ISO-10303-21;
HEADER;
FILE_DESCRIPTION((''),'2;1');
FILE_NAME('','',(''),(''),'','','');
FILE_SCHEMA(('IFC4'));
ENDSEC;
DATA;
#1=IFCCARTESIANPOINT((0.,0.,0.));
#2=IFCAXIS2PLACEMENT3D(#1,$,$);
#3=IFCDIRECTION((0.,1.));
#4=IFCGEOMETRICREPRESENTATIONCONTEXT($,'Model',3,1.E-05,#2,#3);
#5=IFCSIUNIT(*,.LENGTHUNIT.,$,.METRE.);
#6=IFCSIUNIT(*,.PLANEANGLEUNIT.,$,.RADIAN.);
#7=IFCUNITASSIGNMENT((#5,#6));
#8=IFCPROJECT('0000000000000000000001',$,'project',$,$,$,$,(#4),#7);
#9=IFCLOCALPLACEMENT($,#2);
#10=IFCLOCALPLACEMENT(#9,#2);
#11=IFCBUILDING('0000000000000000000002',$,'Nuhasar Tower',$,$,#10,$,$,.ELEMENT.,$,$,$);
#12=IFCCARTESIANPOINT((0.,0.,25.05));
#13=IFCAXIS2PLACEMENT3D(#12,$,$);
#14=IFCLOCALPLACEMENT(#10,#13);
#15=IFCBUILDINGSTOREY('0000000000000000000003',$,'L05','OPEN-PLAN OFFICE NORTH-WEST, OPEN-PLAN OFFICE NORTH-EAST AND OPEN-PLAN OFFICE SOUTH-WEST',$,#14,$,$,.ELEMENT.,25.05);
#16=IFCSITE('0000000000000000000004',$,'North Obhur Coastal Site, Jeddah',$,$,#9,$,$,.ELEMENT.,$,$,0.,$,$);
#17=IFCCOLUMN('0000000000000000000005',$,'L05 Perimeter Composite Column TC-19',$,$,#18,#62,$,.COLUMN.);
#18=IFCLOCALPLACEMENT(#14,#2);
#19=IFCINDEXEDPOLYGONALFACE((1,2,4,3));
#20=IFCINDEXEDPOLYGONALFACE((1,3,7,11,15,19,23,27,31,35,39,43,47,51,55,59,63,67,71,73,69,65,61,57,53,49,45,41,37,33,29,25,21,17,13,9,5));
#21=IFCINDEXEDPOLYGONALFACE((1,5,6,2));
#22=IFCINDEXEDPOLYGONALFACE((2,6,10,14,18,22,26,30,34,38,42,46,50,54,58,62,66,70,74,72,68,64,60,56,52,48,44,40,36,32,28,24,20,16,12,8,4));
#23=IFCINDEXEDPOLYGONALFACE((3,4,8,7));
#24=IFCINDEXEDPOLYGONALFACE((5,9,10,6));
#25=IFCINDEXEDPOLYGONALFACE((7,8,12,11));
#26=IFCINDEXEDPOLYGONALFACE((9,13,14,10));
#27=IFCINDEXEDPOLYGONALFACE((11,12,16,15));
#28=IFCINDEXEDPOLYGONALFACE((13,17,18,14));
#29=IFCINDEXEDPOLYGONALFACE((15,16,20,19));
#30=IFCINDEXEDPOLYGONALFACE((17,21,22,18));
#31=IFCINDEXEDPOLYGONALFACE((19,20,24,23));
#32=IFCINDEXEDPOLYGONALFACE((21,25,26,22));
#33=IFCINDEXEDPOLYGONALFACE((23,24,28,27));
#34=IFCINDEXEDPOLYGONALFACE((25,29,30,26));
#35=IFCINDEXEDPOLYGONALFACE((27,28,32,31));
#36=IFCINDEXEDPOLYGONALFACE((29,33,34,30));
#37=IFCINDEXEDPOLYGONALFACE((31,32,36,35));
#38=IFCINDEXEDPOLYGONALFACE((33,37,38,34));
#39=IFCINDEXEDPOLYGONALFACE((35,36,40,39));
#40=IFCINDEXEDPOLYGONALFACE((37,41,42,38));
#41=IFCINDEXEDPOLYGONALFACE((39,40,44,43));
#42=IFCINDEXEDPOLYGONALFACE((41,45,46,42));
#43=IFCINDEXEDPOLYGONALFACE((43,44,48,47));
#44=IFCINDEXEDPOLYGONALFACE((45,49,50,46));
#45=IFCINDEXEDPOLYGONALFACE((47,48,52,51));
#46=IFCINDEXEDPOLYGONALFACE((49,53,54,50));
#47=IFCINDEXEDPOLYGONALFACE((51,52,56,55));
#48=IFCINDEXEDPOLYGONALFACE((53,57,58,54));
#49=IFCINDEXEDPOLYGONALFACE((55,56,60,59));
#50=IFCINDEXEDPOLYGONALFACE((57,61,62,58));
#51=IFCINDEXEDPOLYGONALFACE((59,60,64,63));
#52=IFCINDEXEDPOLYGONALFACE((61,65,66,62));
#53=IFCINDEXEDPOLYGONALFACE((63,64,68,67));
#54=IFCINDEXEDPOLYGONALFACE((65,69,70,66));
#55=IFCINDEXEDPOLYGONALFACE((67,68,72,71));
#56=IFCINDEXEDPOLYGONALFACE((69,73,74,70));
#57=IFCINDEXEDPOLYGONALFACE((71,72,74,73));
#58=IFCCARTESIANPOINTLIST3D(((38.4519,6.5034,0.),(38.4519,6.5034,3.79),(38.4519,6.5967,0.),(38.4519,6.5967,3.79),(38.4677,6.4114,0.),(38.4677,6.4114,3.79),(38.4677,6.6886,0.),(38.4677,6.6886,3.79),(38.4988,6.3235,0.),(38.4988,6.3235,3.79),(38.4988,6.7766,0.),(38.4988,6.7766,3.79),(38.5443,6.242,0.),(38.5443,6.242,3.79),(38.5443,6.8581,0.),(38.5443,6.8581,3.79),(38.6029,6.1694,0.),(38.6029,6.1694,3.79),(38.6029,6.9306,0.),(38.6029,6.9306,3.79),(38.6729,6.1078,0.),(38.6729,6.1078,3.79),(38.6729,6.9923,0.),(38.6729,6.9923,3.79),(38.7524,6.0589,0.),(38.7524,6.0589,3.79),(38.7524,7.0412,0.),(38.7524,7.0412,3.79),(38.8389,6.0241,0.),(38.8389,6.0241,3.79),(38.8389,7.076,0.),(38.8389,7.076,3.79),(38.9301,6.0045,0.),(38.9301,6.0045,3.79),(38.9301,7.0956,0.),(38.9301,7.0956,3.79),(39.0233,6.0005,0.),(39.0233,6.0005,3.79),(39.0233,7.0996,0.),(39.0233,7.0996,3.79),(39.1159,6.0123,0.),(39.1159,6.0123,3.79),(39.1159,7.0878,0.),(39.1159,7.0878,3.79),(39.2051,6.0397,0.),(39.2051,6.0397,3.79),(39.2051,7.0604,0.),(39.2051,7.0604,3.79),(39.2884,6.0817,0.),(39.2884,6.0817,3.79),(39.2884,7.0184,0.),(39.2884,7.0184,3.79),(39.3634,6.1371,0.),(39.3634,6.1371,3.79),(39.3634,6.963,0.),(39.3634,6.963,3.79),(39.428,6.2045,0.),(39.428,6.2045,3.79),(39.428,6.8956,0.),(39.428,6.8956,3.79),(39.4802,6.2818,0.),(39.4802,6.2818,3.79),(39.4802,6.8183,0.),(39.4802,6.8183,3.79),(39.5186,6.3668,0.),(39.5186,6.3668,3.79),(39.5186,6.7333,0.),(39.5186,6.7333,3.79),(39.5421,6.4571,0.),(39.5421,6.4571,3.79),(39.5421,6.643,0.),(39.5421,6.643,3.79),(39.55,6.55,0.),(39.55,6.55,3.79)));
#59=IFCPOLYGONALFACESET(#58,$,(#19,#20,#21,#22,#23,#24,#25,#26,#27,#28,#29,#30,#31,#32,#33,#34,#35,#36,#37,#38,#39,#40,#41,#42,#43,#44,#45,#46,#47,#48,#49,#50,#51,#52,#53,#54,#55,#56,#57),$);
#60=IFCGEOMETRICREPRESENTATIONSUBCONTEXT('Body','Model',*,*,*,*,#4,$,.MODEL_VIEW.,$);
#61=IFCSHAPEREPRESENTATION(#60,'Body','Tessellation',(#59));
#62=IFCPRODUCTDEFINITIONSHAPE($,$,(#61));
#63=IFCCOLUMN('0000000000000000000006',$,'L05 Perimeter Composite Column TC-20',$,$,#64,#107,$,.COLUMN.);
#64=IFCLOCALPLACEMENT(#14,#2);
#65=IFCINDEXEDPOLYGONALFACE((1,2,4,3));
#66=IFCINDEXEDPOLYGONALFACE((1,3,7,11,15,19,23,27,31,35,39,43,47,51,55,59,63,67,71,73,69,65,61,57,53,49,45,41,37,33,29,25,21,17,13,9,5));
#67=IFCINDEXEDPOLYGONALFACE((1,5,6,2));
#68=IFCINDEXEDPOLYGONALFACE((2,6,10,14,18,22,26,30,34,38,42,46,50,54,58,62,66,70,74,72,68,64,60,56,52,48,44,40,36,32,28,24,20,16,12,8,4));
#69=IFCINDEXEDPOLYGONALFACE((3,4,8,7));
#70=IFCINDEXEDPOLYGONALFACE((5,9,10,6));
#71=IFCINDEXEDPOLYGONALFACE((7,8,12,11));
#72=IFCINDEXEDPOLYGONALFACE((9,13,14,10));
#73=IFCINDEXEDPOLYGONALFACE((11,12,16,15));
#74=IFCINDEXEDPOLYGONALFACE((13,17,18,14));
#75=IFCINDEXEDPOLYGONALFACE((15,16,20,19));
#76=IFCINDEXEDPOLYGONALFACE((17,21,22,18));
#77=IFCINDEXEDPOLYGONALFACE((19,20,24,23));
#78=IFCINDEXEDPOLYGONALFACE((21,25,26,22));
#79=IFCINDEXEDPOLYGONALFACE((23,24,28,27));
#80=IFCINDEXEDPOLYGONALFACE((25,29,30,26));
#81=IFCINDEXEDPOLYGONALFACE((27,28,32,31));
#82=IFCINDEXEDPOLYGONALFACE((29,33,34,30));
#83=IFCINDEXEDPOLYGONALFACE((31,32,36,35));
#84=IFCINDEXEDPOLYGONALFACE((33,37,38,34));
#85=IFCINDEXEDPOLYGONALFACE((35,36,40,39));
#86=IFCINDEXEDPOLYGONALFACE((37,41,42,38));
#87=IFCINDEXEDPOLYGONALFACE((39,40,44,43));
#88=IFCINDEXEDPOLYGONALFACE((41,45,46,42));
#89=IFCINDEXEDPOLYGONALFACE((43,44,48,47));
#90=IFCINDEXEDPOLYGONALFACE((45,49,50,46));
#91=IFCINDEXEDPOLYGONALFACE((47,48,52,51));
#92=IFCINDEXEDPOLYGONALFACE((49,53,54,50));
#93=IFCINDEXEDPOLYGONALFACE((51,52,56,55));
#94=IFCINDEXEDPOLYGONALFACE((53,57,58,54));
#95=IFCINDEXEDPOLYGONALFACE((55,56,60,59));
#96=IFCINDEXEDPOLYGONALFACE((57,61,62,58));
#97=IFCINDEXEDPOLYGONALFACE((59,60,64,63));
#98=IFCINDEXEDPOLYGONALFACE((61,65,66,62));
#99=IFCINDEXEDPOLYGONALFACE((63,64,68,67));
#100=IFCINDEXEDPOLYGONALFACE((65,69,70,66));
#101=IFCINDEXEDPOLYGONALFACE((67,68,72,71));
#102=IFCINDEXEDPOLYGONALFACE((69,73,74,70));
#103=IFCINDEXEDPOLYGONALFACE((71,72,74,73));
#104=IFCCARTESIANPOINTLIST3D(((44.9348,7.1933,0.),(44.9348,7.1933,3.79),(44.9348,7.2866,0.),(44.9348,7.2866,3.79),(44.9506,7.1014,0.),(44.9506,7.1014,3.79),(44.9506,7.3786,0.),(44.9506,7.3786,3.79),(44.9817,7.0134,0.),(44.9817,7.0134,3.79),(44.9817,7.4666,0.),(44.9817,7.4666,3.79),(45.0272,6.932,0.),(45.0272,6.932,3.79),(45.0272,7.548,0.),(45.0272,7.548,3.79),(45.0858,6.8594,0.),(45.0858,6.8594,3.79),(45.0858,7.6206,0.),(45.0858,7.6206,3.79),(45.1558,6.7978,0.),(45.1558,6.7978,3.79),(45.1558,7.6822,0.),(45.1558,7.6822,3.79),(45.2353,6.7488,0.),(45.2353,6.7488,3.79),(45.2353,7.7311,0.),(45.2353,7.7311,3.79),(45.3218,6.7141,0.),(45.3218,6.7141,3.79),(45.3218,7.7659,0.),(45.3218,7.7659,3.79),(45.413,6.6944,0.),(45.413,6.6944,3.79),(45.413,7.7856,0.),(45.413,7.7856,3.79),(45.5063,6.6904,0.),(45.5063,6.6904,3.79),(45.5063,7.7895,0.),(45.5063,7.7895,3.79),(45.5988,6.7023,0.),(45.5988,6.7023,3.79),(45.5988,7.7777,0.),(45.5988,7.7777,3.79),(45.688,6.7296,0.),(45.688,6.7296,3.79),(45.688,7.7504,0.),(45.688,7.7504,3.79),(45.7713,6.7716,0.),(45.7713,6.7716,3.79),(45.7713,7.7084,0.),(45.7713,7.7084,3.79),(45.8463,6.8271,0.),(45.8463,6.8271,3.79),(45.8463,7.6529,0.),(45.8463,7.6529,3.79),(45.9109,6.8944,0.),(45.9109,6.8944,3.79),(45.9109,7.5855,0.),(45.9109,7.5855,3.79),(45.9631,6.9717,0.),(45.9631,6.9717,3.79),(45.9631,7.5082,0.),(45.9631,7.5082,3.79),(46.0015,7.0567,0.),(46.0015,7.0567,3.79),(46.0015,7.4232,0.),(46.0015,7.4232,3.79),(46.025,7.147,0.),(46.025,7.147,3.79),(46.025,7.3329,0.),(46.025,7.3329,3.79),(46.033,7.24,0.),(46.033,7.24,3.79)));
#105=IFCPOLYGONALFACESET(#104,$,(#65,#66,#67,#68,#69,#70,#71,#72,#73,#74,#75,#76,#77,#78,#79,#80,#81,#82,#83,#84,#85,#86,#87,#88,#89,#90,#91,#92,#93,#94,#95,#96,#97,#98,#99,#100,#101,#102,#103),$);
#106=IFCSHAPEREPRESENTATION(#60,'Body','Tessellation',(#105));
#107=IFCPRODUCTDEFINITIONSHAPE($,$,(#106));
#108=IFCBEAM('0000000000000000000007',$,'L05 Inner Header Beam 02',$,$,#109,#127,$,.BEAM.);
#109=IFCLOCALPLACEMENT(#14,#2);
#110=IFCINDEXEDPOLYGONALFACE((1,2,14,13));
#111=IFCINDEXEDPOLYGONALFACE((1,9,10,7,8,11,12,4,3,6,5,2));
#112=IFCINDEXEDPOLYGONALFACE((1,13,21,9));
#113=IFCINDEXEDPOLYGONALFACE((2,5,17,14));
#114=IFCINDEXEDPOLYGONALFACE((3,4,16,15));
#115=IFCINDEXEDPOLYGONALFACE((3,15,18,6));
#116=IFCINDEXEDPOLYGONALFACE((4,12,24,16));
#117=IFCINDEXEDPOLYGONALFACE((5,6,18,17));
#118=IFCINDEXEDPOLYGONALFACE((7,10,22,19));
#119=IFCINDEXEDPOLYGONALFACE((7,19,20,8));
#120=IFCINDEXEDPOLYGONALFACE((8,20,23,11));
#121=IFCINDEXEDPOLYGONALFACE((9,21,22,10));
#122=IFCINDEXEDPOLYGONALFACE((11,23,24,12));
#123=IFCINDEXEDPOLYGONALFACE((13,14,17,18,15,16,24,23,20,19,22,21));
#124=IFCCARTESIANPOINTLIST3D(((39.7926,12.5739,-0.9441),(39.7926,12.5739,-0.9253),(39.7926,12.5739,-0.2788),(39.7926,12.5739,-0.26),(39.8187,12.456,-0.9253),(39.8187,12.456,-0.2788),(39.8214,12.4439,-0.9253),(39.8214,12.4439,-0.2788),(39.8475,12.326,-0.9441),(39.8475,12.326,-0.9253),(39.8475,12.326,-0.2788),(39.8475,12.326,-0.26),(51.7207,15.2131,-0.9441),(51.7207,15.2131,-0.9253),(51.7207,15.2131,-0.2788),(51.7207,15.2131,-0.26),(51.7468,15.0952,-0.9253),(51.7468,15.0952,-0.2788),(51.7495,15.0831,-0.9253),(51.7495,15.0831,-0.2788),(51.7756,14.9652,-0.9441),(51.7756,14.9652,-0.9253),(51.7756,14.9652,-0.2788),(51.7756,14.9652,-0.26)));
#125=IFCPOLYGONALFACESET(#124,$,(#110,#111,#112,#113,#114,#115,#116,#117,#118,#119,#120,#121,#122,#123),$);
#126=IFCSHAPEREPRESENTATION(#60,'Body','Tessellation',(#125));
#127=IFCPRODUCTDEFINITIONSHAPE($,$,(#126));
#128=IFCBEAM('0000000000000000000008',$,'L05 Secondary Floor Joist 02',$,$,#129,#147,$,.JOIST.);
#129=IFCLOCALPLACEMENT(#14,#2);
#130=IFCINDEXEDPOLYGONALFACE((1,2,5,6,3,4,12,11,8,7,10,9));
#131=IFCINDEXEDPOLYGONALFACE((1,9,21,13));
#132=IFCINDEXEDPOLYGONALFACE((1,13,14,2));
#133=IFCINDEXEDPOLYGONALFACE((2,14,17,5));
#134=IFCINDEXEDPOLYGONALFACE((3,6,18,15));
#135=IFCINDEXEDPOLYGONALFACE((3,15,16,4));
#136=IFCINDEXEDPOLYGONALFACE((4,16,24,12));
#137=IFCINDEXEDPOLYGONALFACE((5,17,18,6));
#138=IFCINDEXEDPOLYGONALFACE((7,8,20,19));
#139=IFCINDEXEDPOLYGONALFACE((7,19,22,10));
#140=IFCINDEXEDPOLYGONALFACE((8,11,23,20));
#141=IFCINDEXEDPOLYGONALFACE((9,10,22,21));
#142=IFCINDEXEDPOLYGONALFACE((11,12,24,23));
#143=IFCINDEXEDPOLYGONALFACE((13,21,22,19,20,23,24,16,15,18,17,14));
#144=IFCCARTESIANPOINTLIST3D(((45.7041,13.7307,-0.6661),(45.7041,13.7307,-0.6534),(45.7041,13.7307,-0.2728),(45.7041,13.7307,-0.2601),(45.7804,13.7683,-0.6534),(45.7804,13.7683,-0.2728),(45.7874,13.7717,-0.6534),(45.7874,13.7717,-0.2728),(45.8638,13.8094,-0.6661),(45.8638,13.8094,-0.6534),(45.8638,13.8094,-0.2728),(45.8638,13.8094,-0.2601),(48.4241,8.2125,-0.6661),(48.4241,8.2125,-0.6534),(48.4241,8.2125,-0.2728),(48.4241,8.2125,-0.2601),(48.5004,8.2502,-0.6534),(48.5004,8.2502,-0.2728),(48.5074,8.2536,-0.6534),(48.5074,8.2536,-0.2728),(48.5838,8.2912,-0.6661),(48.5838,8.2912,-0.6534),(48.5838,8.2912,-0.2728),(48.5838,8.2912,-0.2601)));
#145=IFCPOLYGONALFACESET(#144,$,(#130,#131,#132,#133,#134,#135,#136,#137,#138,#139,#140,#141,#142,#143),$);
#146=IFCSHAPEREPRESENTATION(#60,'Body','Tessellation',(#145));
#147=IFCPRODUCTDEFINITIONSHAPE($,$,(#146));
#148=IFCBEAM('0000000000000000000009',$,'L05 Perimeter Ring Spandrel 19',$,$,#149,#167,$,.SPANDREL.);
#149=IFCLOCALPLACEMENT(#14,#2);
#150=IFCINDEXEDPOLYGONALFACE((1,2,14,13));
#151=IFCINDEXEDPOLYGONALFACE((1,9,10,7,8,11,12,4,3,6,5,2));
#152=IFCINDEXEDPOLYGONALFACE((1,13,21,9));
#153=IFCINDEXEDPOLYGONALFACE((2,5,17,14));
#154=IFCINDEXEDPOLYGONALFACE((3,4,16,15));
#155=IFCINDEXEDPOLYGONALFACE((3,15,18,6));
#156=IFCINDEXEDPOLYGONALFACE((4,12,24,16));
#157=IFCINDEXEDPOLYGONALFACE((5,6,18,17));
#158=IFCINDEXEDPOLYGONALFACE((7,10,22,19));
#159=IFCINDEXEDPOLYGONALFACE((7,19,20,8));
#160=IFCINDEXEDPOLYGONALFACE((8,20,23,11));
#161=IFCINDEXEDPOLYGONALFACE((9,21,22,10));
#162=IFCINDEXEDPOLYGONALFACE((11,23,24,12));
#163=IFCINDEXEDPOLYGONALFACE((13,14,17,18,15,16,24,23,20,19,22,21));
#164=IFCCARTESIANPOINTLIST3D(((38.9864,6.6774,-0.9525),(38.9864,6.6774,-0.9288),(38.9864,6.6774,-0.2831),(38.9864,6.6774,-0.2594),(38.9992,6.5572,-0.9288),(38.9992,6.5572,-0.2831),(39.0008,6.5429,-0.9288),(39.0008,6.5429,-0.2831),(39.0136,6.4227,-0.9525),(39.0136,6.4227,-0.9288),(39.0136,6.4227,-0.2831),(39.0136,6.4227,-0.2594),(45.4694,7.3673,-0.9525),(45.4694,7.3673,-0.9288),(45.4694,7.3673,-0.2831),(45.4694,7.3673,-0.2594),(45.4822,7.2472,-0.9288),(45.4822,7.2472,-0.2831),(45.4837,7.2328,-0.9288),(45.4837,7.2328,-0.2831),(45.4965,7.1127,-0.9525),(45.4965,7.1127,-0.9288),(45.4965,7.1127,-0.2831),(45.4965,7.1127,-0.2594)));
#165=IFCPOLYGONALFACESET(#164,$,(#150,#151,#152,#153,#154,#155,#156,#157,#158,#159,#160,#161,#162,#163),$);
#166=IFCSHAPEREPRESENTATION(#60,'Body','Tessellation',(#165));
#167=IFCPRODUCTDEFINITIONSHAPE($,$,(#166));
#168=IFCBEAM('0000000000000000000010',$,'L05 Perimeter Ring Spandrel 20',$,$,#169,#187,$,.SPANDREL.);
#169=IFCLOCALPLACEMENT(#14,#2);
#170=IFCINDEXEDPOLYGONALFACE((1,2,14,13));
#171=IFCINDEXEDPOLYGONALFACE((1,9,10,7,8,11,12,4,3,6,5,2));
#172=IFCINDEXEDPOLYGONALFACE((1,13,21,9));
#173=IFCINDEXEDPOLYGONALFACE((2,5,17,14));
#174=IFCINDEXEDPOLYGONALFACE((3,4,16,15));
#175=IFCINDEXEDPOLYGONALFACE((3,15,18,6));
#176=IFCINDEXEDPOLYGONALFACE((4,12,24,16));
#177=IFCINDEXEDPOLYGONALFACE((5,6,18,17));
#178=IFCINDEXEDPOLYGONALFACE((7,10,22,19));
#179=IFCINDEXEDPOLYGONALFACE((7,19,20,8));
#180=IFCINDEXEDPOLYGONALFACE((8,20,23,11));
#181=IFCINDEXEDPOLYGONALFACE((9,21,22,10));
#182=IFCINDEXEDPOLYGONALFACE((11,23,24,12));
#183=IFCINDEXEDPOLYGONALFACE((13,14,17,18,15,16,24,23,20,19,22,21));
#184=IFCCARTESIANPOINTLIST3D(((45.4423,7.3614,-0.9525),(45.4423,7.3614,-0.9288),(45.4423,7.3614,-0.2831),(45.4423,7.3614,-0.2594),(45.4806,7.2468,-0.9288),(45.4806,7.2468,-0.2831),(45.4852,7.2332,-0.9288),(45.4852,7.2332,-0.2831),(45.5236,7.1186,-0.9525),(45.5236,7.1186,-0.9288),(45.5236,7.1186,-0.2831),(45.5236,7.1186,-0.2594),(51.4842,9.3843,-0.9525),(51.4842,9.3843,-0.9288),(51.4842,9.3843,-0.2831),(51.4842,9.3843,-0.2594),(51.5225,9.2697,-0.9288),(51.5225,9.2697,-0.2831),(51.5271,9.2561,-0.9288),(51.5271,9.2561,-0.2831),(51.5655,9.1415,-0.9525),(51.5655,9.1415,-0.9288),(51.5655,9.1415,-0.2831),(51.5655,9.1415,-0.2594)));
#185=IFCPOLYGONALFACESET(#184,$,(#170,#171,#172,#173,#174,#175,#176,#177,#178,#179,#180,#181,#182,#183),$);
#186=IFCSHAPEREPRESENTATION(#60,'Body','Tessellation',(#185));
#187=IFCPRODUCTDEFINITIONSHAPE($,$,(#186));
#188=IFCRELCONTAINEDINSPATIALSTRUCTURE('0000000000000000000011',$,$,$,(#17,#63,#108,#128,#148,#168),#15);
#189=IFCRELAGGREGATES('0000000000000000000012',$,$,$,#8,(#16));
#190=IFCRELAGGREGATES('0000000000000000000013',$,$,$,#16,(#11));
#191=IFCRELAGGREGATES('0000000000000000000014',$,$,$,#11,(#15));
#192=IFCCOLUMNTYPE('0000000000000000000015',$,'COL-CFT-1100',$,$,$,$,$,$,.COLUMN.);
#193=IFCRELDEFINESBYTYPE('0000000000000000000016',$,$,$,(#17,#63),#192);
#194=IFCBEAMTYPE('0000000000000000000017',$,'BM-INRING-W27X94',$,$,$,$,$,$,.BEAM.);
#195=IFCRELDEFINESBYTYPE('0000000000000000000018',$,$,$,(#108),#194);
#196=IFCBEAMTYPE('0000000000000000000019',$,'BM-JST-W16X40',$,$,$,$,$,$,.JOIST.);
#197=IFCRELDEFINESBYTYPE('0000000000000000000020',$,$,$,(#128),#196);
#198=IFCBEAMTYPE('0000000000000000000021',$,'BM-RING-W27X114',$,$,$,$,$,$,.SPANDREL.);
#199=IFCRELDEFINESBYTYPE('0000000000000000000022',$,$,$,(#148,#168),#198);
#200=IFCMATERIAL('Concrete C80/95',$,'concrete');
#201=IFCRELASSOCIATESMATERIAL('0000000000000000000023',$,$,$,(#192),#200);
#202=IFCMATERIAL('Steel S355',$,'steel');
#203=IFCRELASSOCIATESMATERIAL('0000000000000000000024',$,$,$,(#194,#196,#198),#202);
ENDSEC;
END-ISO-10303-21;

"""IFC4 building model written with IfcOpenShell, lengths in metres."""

from ifc_helpers import new_model, si_unit, direction, frame, origin, origin_2d, place, context, subcontext, project, spatial, circle, i_section, extrude, material, material_profile, profile_set, type_object, element, save


model = new_model("IFC4")

# Units and contexts
model_context = context("Model", 3, precision=1e-05, world=origin(), true_north=direction((0.0, 1.0)))
body_context = subcontext(model_context, "Body", "Model", "MODEL_VIEW")
ifc_project = project(units=[si_unit("LENGTHUNIT", "METRE"), si_unit("PLANEANGLEUNIT", "RADIAN")], contexts=[model_context])

# Site, building, storey
site_placement = place(None, origin())
site = spatial("IfcSite", under=ifc_project, at=site_placement, Name="North Obhur Coastal Site, Jeddah", CompositionType="ELEMENT", RefElevation=0.0)
building_placement = place(site_placement, origin())
building = spatial("IfcBuilding", under=site, at=building_placement, Name="Nuhasar Tower", CompositionType="ELEMENT")
storey_placement = place(building_placement, frame((0.0, 0.0, 25.05)))
storey = spatial("IfcBuildingStorey", under=building, at=storey_placement, Name="L05", Description="OPEN-PLAN OFFICE NORTH-WEST, OPEN-PLAN OFFICE NORTH-EAST AND OPEN-PLAN OFFICE SOUTH-WEST", CompositionType="ELEMENT", Elevation=25.05)

# Columns
ifc_material_1 = material(Name="Concrete C80/95", Category="concrete")
ifc_material_profile_1 = material_profile(ifc_material_1, circle(Radius=0.55, at=origin_2d()), Name="CFT1100")
ifc_profile_set_1 = profile_set([ifc_material_profile_1], Name="Concrete C80/95")
column_type = type_object("IfcColumnType", Name="COL-CFT-1100", PredefinedType="COLUMN", material=ifc_profile_set_1)
for number, where, z_axis, x_axis, name in (
    (1, (39.0, 6.55, 0.0), (0.0, 0.0, 1.0), (1.0, 0.0, 0.0), "L05 Perimeter Composite Column TC-19"),
    (2, (45.4829, 7.24, 0.0), (0.0, 0.0, 1.0), (1.0, 0.0, 0.0), "L05 Perimeter Composite Column TC-20"),
):
    element("IfcColumn", number, at=place(storey_placement, frame(where, z_axis=z_axis, x_axis=x_axis)), inside=storey, type_object=column_type, Name=name, PredefinedType="COLUMN", context=body_context, shape_type="SweptSolid", body=[
        extrude(circle(Radius=0.55, at=origin_2d()), origin(), (0.0, 0.0, 1.0), 3.79),
    ])

# Beams
ifc_material_2 = material(Name="Steel S355", Category="steel")
ifc_material_profile_2 = material_profile(ifc_material_2, i_section(OverallWidth=0.2539, OverallDepth=0.6841, WebThickness=0.0125, FlangeThickness=0.0188, at=origin_2d()), Name="W27X94")
ifc_profile_set_2 = profile_set([ifc_material_profile_2], Name="Steel S355")
beam_type_1 = type_object("IfcBeamType", Name="BM-INRING-W27X94", PredefinedType="BEAM", material=ifc_profile_set_2)
beam_1_placement = place(storey_placement, frame((39.8201, 12.45, -0.6021), z_axis=(0.976386, 0.216033, 0.0), x_axis=(-0.216033, 0.976386, 0.0)))
element("IfcBeam", 3, at=beam_1_placement, inside=storey, type_object=beam_type_1, Name="L05 Inner Header Beam 02", PredefinedType="BEAM", context=body_context, shape_type="SweptSolid", body=[
    extrude(i_section(OverallWidth=0.2539, OverallDepth=0.6841, WebThickness=0.0125, FlangeThickness=0.0188, at=origin_2d()), origin(), (0.0, 0.0, 1.0), 12.2166),
])
ifc_material_profile_3 = material_profile(ifc_material_2, i_section(OverallWidth=0.178, OverallDepth=0.406, WebThickness=0.0078, FlangeThickness=0.0127, at=origin_2d()), Name="W16X40")
ifc_profile_set_3 = profile_set([ifc_material_profile_3], Name="Steel S355")
beam_type_2 = type_object("IfcBeamType", Name="BM-JST-W16X40", PredefinedType="JOIST", material=ifc_profile_set_3)
beam_2_placement = place(storey_placement, frame((45.7839, 13.77, -0.4631), z_axis=(0.442127, -0.896953, 0.0), x_axis=(0.896953, 0.442127, 0.0)))
element("IfcBeam", 4, at=beam_2_placement, inside=storey, type_object=beam_type_2, Name="L05 Secondary Floor Joist 02", PredefinedType="JOIST", context=body_context, shape_type="SweptSolid", body=[
    extrude(i_section(OverallWidth=0.178, OverallDepth=0.406, WebThickness=0.0078, FlangeThickness=0.0127, at=origin_2d()), origin(), (0.0, 0.0, 1.0), 6.1521),
])
ifc_material_profile_4 = material_profile(ifc_material_2, i_section(OverallWidth=0.2561, OverallDepth=0.6931, WebThickness=0.0144, FlangeThickness=0.0237, at=origin_2d()), Name="W27X114")
ifc_profile_set_4 = profile_set([ifc_material_profile_4], Name="Steel S355")
beam_type_3 = type_object("IfcBeamType", Name="BM-RING-W27X114", PredefinedType="SPANDREL", material=ifc_profile_set_4)
beam_3_placement = place(storey_placement, frame((39.0, 6.55, -0.606), z_axis=(0.994385, 0.105827, 0.0), x_axis=(-0.105827, 0.994385, 0.0)))
element("IfcBeam", 5, at=beam_3_placement, inside=storey, type_object=beam_type_3, Name="L05 Perimeter Ring Spandrel 19", PredefinedType="SPANDREL", context=body_context, shape_type="SweptSolid", body=[
    extrude(i_section(OverallWidth=0.2561, OverallDepth=0.6931, WebThickness=0.0144, FlangeThickness=0.0237, at=origin_2d()), origin(), (0.0, 0.0, 1.0), 6.5195),
])
beam_4_placement = place(storey_placement, frame((45.4829, 7.24, -0.606), z_axis=(0.948261, 0.317492, 0.0), x_axis=(-0.317492, 0.948261, 0.0)))
element("IfcBeam", 6, at=beam_4_placement, inside=storey, type_object=beam_type_3, Name="L05 Perimeter Ring Spandrel 20", PredefinedType="SPANDREL", context=body_context, shape_type="SweptSolid", body=[
    extrude(i_section(OverallWidth=0.2561, OverallDepth=0.6931, WebThickness=0.0144, FlangeThickness=0.0237, at=origin_2d()), origin(), (0.0, 0.0, 1.0), 6.3716),
])

save(model, "model.ifc")
